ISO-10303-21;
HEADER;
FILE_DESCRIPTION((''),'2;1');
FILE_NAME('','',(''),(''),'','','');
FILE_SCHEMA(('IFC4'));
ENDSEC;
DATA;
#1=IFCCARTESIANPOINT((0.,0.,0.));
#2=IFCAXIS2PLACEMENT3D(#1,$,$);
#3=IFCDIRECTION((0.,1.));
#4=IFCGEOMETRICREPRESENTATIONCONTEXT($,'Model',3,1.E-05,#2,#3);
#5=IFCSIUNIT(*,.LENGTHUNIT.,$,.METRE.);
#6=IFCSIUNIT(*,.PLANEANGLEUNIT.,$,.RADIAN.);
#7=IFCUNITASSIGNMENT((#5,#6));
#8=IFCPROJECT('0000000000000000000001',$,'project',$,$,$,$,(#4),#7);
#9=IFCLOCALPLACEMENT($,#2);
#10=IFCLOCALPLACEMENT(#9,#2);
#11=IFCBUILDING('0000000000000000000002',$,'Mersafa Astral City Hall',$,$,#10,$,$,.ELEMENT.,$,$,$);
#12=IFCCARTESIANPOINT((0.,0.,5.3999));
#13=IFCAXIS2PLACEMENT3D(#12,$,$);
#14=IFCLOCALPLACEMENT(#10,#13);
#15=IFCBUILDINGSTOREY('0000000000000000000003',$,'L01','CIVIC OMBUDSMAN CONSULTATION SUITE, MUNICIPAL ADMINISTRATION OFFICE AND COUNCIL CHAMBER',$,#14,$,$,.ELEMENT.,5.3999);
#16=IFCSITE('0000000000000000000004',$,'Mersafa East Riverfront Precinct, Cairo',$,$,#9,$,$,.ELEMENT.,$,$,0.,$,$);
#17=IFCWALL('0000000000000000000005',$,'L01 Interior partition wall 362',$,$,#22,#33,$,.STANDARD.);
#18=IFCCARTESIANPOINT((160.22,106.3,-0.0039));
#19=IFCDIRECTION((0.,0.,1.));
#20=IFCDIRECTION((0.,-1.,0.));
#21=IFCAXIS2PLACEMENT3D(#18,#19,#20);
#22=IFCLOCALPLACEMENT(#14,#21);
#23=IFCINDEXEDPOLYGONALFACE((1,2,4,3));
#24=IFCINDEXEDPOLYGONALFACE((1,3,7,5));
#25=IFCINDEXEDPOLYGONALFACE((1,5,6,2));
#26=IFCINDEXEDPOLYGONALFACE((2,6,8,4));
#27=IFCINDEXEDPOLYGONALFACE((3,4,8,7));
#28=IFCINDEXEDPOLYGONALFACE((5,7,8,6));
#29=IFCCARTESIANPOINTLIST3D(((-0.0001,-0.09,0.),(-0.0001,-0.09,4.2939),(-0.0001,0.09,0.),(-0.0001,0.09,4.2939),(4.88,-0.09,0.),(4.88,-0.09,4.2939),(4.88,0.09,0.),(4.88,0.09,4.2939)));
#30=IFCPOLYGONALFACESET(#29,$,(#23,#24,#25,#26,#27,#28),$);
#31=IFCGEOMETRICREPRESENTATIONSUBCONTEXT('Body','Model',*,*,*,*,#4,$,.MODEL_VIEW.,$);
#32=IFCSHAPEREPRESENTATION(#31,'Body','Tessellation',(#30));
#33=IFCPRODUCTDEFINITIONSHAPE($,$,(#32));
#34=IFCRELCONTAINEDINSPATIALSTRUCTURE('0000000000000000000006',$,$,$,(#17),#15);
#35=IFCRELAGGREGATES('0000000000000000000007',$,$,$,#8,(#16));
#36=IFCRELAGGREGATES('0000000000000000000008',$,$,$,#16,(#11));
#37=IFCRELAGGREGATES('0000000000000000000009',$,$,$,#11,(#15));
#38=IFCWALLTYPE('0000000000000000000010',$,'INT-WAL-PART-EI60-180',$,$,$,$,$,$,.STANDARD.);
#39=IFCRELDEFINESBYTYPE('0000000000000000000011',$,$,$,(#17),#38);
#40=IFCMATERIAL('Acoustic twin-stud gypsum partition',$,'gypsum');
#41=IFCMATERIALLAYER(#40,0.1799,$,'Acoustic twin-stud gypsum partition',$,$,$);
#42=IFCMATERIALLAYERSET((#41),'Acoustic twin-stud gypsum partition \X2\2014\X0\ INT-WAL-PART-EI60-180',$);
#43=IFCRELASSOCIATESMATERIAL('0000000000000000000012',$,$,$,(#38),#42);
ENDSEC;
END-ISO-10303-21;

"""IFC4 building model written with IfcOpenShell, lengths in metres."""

from ifc_helpers import new_model, si_unit, direction, frame, frame_2d, origin, place, context, subcontext, project, spatial, rectangle, extrude, material, layer, layer_set, type_object, element, save


model = new_model("IFC4")

# Units and contexts
model_context = context("Model", 3, precision=1e-05, world=origin(), true_north=direction((0.0, 1.0)))
body_context = subcontext(model_context, "Body", "Model", "MODEL_VIEW")
ifc_project = project(units=[si_unit("LENGTHUNIT", "METRE"), si_unit("PLANEANGLEUNIT", "RADIAN")], contexts=[model_context])

# Site, building, storey
site_placement = place(None, origin())
site = spatial("IfcSite", under=ifc_project, at=site_placement, Name="Mersafa East Riverfront Precinct, Cairo", CompositionType="ELEMENT", RefElevation=0.0)
building_placement = place(site_placement, origin())
building = spatial("IfcBuilding", under=site, at=building_placement, Name="Mersafa Astral City Hall", CompositionType="ELEMENT")
storey_placement = place(building_placement, frame((0.0, 0.0, 5.3999)))
storey = spatial("IfcBuildingStorey", under=building, at=storey_placement, Name="L01", Description="CIVIC OMBUDSMAN CONSULTATION SUITE, MUNICIPAL ADMINISTRATION OFFICE AND COUNCIL CHAMBER", CompositionType="ELEMENT", Elevation=5.3999)

# Wall
ifc_material_1 = material(Name="Acoustic twin-stud gypsum partition", Category="gypsum")
ifc_layer_1 = layer(ifc_material_1, 0.1799, Name="Acoustic twin-stud gypsum partition")
ifc_layer_set_1 = layer_set([ifc_layer_1], Name="Acoustic twin-stud gypsum partition — INT-WAL-PART-EI60-180")
wall_type_1 = type_object("IfcWallType", Name="INT-WAL-PART-EI60-180", PredefinedType="STANDARD", material=ifc_layer_set_1)
wall_1_placement = place(storey_placement, frame((160.22, 106.3, -0.0039), z_axis=(0.0, 0.0, 1.0), x_axis=(0.0, -1.0, 0.0)))
element("IfcWall", 1, at=wall_1_placement, inside=storey, type_object=wall_type_1, Name="L01 Interior partition wall 362", PredefinedType="STANDARD", context=body_context, shape_type="SweptSolid", body=[
    extrude(rectangle(XDim=4.8801, YDim=0.1799, at=frame_2d((2.4399, 0.0))), origin(), (0.0, 0.0, 1.0), 4.2939),
])

save(model, "model.ifc")
